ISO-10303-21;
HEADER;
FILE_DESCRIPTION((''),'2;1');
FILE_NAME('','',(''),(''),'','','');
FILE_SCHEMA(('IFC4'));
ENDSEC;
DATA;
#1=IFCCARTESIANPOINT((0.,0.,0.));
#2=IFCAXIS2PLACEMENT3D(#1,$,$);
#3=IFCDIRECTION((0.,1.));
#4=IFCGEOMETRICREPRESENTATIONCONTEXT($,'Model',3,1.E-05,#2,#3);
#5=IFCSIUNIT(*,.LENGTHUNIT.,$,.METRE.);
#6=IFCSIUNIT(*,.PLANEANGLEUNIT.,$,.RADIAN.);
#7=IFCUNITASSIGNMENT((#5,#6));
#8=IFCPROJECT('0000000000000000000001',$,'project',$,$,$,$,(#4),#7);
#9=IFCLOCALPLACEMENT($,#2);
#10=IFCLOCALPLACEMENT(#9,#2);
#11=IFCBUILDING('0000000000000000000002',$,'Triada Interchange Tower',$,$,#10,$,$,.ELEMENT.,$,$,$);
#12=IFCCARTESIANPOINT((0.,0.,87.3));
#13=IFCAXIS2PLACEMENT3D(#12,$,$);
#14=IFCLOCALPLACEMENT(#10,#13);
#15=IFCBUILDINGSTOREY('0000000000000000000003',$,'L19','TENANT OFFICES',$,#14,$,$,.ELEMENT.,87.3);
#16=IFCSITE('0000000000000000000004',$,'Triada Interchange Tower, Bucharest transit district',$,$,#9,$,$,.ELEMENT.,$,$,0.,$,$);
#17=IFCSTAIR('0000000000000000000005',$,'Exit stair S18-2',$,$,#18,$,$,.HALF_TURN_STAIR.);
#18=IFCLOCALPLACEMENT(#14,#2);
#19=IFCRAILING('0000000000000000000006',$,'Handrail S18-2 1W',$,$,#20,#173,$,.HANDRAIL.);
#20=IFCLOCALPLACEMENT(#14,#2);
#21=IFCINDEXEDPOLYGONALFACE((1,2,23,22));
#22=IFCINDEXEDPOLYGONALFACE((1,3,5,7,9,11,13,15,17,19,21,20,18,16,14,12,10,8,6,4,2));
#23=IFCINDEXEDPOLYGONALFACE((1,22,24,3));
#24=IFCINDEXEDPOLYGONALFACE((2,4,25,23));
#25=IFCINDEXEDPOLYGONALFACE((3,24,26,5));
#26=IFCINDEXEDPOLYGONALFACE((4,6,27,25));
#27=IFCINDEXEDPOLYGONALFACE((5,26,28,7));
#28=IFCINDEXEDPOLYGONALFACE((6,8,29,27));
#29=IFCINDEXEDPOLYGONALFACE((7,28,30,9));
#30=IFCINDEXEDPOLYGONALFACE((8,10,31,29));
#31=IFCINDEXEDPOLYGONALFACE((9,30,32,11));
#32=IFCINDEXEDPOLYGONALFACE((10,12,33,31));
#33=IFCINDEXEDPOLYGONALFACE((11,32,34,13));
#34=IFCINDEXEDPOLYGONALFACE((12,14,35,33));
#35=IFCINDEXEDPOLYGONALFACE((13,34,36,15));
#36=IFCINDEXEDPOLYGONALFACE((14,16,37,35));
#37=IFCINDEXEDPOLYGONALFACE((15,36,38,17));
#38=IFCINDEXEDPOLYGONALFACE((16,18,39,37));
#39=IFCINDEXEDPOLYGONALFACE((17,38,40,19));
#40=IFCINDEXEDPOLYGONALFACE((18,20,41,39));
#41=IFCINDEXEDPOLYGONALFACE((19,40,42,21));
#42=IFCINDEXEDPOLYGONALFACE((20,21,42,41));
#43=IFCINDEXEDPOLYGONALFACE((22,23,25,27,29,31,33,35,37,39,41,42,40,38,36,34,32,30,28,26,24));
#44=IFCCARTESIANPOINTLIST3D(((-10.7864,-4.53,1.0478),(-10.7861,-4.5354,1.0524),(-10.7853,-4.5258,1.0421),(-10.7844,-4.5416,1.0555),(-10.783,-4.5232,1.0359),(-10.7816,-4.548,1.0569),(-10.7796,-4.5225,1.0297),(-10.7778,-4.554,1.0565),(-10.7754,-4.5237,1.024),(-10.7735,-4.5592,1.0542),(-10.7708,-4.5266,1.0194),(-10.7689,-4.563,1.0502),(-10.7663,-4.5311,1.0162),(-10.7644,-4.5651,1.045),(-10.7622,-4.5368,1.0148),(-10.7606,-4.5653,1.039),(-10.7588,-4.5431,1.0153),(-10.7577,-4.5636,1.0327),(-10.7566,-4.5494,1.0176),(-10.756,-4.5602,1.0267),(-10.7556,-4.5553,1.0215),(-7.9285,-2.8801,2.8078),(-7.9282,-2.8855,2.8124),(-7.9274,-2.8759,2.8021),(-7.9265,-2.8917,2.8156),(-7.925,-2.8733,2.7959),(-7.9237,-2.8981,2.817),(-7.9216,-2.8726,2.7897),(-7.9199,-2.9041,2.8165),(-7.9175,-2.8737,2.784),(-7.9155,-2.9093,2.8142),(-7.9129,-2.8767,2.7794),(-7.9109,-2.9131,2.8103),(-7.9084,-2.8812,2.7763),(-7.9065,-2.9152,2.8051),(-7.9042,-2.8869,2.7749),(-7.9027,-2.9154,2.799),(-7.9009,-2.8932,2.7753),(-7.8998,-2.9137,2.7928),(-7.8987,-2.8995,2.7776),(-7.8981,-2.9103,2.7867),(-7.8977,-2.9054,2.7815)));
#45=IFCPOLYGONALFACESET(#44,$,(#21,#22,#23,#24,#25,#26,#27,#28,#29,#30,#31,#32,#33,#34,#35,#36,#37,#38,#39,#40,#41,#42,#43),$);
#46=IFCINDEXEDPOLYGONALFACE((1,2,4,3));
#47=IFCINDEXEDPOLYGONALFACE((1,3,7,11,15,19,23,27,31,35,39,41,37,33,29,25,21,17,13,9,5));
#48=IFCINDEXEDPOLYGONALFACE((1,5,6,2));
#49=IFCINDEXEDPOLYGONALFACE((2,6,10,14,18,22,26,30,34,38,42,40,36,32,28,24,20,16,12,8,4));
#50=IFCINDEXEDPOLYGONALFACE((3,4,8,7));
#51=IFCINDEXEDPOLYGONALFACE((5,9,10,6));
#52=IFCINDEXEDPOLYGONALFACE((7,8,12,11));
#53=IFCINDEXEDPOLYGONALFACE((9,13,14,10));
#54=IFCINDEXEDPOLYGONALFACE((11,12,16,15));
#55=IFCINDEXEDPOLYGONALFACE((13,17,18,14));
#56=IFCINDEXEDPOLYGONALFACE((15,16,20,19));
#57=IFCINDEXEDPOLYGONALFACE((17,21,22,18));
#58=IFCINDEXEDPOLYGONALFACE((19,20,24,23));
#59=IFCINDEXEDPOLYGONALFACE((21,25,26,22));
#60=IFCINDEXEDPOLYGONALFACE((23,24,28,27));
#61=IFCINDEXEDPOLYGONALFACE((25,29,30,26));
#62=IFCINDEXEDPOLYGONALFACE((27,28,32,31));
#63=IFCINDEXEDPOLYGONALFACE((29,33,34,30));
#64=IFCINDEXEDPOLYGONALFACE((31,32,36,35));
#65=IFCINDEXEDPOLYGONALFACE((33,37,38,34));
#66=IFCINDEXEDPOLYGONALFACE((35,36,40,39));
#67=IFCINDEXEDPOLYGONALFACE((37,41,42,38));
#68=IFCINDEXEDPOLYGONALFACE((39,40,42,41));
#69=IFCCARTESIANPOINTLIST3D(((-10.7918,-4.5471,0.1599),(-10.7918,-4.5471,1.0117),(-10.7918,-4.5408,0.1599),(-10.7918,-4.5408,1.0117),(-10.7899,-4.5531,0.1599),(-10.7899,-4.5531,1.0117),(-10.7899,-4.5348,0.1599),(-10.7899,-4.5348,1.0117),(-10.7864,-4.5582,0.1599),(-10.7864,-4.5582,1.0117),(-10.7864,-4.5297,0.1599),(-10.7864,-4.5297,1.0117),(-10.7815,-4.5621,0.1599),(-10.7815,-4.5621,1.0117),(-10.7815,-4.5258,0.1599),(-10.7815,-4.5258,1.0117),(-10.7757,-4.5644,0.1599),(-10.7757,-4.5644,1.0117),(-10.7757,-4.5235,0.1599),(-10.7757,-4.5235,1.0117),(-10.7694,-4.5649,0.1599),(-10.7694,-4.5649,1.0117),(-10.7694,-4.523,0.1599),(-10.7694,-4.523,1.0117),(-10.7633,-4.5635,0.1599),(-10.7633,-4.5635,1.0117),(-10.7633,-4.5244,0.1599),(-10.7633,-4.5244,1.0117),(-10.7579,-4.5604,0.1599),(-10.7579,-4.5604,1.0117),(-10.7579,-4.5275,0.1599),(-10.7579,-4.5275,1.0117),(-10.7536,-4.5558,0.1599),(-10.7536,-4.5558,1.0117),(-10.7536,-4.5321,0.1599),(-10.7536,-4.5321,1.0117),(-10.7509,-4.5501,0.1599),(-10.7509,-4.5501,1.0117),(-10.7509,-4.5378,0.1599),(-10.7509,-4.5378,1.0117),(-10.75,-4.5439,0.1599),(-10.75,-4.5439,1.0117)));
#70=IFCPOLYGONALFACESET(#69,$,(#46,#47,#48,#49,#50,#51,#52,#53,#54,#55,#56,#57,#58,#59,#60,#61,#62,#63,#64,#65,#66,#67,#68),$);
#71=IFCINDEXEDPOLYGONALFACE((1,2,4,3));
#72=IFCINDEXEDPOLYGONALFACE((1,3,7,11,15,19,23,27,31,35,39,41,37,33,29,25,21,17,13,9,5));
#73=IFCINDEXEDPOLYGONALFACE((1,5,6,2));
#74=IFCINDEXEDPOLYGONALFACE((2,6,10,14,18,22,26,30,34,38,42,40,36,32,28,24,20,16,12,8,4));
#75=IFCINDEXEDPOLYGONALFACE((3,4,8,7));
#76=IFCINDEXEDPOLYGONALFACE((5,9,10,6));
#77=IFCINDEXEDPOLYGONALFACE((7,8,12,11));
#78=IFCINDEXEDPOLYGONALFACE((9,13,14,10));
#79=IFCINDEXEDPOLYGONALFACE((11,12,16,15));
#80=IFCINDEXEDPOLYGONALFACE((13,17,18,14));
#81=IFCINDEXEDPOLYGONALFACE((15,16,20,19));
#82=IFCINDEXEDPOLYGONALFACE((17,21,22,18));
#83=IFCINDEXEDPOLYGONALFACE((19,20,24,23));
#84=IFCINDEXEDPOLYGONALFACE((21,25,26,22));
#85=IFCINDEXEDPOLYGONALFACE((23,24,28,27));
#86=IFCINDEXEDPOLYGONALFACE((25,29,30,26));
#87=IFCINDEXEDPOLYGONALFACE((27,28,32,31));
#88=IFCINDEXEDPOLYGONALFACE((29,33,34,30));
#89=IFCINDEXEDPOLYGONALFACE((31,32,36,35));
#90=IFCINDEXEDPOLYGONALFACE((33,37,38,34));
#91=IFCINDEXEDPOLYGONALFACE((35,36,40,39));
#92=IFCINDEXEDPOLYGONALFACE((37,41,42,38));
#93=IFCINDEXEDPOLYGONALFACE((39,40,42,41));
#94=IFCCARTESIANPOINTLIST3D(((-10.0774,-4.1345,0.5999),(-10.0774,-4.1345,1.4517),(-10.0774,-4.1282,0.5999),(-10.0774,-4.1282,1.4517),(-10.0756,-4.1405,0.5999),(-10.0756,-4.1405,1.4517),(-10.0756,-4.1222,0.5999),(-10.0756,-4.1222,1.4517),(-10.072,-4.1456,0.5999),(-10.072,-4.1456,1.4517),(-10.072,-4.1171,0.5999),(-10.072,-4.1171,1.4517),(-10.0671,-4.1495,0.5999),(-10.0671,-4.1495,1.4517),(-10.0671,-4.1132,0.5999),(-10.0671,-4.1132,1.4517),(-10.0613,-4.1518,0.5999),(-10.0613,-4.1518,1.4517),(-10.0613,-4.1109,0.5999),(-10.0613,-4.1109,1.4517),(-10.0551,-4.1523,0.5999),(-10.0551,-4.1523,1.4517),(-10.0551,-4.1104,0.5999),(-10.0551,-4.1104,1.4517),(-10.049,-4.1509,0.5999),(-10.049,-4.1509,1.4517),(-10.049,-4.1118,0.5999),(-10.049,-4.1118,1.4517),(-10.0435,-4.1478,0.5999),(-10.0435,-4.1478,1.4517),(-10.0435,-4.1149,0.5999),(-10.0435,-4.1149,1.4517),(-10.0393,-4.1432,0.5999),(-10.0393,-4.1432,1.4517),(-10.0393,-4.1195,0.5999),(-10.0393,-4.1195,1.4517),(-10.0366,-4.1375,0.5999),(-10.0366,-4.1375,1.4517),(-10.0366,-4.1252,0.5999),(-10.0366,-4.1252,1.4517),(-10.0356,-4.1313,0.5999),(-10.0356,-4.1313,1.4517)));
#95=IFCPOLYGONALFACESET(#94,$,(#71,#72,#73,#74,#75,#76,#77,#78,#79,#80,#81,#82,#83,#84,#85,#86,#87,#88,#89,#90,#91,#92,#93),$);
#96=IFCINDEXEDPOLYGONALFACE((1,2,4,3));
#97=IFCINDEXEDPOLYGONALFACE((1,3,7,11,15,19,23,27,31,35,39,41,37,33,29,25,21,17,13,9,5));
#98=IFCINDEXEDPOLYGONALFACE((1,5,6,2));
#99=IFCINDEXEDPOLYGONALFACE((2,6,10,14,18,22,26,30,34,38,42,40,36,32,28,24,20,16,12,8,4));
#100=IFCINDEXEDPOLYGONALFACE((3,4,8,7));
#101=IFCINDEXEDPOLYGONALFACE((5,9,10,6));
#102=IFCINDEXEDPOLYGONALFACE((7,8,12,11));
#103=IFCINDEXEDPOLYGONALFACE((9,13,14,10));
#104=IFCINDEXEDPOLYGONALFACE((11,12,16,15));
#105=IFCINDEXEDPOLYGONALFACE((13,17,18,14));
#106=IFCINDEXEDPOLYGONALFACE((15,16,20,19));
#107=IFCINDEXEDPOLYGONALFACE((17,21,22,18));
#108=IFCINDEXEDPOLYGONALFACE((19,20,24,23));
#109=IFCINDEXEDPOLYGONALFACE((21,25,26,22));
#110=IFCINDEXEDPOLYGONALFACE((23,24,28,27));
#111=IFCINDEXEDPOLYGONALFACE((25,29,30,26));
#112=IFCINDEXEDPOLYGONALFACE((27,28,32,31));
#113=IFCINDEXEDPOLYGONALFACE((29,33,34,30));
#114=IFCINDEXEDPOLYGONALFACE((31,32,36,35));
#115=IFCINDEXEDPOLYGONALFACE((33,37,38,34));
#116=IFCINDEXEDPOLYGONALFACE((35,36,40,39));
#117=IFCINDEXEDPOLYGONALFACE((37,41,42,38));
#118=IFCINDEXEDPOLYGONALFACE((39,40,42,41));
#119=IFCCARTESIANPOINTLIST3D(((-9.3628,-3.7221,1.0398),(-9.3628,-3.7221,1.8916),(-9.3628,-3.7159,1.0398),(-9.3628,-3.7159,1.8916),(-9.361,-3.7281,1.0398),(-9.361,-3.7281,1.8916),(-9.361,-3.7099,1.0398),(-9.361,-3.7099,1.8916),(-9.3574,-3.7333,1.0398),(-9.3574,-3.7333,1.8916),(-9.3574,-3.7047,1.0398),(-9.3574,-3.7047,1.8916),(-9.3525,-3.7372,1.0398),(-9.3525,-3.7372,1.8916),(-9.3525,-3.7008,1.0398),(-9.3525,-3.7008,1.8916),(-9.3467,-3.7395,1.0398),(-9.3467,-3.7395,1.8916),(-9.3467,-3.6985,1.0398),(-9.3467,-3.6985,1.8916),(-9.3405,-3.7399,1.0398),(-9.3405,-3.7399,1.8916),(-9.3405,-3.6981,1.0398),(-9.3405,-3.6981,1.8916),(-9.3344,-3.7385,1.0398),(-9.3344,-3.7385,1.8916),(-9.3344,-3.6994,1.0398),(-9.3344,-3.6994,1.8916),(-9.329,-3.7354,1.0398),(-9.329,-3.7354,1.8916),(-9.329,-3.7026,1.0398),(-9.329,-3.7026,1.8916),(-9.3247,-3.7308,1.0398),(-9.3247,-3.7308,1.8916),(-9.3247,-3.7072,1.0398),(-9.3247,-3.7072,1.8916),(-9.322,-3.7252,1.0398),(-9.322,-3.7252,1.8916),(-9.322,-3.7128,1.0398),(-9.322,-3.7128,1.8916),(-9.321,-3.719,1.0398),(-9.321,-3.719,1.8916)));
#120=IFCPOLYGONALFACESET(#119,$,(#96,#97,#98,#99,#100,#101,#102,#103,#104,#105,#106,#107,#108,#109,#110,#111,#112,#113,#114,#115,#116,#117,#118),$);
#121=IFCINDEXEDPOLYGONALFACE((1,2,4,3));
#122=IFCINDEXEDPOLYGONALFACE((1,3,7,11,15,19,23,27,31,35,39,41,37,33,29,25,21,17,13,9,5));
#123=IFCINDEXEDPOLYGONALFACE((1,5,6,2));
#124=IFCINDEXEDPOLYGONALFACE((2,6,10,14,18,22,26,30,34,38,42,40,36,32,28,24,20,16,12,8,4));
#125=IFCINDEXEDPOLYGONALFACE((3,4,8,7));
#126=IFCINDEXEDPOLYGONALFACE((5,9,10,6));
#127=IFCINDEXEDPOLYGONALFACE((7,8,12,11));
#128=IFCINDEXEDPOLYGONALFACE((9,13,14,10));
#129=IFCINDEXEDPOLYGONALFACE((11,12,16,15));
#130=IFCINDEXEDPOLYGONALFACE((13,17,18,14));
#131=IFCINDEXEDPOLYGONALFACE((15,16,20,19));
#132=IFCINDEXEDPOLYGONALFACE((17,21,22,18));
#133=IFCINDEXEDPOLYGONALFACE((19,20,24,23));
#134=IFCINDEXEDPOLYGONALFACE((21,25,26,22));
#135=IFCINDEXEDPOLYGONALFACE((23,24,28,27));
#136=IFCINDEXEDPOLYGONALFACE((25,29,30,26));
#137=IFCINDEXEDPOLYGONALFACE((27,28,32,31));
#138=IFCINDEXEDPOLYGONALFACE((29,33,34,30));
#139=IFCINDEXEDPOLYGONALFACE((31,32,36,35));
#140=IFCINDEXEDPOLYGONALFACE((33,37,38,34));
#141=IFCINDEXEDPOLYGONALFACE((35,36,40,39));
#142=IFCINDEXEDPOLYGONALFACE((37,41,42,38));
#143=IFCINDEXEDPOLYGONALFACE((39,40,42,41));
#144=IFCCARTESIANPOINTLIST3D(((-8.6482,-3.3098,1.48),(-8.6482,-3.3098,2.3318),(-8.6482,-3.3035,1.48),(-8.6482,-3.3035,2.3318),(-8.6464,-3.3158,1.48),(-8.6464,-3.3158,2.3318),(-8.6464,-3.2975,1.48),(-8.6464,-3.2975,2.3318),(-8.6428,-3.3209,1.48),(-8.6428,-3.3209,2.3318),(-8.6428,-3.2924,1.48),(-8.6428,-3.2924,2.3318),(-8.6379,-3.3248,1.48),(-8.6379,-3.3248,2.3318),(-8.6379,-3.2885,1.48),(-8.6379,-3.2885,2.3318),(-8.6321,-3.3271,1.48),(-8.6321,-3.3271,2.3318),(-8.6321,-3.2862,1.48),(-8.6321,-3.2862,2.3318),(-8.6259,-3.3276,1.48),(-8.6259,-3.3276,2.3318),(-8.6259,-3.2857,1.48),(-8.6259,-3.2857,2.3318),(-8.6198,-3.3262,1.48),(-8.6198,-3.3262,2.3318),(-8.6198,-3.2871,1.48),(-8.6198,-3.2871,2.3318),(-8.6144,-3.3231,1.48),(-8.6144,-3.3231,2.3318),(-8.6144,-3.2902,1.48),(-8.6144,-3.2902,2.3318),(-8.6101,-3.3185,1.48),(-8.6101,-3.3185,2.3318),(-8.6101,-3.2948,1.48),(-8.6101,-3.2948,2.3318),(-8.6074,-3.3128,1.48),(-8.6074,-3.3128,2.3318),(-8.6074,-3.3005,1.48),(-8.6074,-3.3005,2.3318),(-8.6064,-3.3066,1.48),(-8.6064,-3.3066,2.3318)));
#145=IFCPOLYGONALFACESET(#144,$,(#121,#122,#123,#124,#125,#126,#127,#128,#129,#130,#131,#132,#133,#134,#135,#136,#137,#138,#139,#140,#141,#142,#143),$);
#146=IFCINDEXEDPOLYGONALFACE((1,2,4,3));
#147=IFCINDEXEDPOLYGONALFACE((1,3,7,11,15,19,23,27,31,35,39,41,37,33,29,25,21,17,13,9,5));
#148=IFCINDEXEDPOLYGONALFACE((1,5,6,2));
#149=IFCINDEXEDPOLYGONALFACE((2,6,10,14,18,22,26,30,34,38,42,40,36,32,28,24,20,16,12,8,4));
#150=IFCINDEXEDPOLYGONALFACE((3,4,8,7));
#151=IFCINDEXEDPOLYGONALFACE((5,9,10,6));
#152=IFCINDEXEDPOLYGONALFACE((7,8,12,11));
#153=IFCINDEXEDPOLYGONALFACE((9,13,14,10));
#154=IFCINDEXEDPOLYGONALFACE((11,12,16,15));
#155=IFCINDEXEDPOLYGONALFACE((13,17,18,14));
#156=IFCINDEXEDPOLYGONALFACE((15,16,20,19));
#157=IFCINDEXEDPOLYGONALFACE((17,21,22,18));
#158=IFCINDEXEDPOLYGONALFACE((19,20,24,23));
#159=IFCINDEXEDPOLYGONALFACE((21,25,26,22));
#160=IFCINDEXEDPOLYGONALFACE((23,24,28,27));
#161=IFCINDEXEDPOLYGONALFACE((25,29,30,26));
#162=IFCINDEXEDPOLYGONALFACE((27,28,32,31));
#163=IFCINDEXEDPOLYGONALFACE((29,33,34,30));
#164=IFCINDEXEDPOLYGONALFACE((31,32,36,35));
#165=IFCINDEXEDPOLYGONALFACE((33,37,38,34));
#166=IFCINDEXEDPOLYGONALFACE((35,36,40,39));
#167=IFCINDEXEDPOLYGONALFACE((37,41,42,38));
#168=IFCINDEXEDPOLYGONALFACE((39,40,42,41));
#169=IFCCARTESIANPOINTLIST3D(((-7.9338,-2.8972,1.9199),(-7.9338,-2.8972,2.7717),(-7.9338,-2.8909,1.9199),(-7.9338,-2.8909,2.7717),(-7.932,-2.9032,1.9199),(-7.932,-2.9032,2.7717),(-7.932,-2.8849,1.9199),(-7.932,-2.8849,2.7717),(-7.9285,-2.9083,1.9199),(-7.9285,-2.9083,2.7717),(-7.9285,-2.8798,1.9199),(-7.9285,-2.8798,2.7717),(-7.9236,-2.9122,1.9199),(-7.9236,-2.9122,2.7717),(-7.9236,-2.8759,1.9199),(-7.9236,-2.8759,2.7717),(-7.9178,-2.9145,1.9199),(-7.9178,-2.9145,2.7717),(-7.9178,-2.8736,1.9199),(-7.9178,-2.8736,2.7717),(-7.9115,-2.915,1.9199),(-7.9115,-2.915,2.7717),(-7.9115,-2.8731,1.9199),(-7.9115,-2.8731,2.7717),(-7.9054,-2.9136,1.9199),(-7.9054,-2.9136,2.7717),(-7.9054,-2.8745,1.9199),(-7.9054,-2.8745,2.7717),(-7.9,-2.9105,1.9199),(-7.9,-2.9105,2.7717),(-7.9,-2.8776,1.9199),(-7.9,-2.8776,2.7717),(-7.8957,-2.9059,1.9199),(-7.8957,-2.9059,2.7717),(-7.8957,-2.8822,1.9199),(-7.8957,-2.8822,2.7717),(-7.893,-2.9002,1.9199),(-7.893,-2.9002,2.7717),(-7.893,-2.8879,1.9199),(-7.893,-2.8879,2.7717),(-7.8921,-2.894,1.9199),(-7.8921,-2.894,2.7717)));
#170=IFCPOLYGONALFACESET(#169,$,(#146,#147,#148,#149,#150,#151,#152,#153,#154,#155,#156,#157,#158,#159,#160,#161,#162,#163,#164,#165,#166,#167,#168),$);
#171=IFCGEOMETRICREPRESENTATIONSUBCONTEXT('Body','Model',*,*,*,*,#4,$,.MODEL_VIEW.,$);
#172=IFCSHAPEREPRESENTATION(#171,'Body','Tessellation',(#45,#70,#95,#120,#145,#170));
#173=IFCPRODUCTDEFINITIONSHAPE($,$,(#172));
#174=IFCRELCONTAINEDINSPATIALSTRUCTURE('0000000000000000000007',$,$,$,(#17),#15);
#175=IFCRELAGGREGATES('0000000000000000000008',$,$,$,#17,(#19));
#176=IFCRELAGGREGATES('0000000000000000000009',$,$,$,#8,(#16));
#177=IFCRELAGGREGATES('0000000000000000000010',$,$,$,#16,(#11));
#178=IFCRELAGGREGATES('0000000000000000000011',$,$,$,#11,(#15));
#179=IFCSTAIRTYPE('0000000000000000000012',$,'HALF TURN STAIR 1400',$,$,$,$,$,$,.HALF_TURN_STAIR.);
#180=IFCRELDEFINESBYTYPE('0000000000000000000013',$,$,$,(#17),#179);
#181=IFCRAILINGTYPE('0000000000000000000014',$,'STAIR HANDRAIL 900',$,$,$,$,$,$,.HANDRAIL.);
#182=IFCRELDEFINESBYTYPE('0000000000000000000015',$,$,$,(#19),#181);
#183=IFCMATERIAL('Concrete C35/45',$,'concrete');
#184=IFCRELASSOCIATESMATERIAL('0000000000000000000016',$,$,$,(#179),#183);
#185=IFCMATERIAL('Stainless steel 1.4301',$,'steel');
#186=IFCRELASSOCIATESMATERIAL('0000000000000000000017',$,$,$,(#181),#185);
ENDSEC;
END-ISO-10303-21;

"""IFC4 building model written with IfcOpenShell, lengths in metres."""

from ifc_helpers import new_model, si_unit, direction, frame, origin, origin_2d, place, context, subcontext, project, spatial, circle, extrude, material, type_object, element, aggregate, save


model = new_model("IFC4")

# Units and contexts
model_context = context("Model", 3, precision=1e-05, world=origin(), true_north=direction((0.0, 1.0)))
body_context = subcontext(model_context, "Body", "Model", "MODEL_VIEW")
ifc_project = project(units=[si_unit("LENGTHUNIT", "METRE"), si_unit("PLANEANGLEUNIT", "RADIAN")], contexts=[model_context])

# Site, building, storey
site_placement = place(None, origin())
site = spatial("IfcSite", under=ifc_project, at=site_placement, Name="Triada Interchange Tower, Bucharest transit district", CompositionType="ELEMENT", RefElevation=0.0)
building_placement = place(site_placement, origin())
building = spatial("IfcBuilding", under=site, at=building_placement, Name="Triada Interchange Tower", CompositionType="ELEMENT")
storey_placement = place(building_placement, frame((0.0, 0.0, 87.3)))
storey = spatial("IfcBuildingStorey", under=building, at=storey_placement, Name="L19", Description="TENANT OFFICES", CompositionType="ELEMENT", Elevation=87.3)

# Stair, railing
ifc_material_1 = material(Name="Concrete C35/45", Category="concrete")
stair_type = type_object("IfcStairType", Name="HALF TURN STAIR 1400", PredefinedType="HALF_TURN_STAIR", material=ifc_material_1)
stair_placement = place(storey_placement, origin())
stair = element("IfcStair", 1, at=stair_placement, inside=storey, type_object=stair_type, Name="Exit stair S18-2", PredefinedType="HALF_TURN_STAIR")
ifc_material_2 = material(Name="Stainless steel 1.4301", Category="steel")
railing_type = type_object("IfcRailingType", Name="STAIR HANDRAIL 900", PredefinedType="HANDRAIL", material=ifc_material_2)
railing_placement = place(storey_placement, frame((-10.771, -4.5439, 0.1599)))
railing = element("IfcRailing", 2, at=railing_placement, type_object=railing_type, Name="Handrail S18-2 1W", PredefinedType="HANDRAIL", context=body_context, shape_type="SweptSolid", body=[
    extrude(circle(Radius=0.0239, at=origin_2d()), frame((0.0, 0.0, 0.876), z_axis=(0.764151, 0.441153, 0.470593), x_axis=(-0.499974, 0.86604, 0.0)), (0.0, 0.0, 1.0), 3.74),
    extrude(circle(Radius=0.021, at=origin_2d()), origin(), (0.0, 0.0, 1.0), 0.8518),
    extrude(circle(Radius=0.021, at=origin_2d()), frame((0.7144, 0.4126, 0.4399)), (0.0, 0.0, 1.0), 0.8518),
    extrude(circle(Radius=0.021, at=origin_2d()), frame((1.429, 0.825, 0.8799)), (0.0, 0.0, 1.0), 0.8518),
    extrude(circle(Radius=0.021, at=origin_2d()), frame((2.1436, 1.2373, 1.3201)), (0.0, 0.0, 1.0), 0.8518),
    extrude(circle(Radius=0.021, at=origin_2d()), frame((2.8579, 1.6499, 1.76)), (0.0, 0.0, 1.0), 0.8518),
])
aggregate(stair, [railing])

save(model, "model.ifc")
